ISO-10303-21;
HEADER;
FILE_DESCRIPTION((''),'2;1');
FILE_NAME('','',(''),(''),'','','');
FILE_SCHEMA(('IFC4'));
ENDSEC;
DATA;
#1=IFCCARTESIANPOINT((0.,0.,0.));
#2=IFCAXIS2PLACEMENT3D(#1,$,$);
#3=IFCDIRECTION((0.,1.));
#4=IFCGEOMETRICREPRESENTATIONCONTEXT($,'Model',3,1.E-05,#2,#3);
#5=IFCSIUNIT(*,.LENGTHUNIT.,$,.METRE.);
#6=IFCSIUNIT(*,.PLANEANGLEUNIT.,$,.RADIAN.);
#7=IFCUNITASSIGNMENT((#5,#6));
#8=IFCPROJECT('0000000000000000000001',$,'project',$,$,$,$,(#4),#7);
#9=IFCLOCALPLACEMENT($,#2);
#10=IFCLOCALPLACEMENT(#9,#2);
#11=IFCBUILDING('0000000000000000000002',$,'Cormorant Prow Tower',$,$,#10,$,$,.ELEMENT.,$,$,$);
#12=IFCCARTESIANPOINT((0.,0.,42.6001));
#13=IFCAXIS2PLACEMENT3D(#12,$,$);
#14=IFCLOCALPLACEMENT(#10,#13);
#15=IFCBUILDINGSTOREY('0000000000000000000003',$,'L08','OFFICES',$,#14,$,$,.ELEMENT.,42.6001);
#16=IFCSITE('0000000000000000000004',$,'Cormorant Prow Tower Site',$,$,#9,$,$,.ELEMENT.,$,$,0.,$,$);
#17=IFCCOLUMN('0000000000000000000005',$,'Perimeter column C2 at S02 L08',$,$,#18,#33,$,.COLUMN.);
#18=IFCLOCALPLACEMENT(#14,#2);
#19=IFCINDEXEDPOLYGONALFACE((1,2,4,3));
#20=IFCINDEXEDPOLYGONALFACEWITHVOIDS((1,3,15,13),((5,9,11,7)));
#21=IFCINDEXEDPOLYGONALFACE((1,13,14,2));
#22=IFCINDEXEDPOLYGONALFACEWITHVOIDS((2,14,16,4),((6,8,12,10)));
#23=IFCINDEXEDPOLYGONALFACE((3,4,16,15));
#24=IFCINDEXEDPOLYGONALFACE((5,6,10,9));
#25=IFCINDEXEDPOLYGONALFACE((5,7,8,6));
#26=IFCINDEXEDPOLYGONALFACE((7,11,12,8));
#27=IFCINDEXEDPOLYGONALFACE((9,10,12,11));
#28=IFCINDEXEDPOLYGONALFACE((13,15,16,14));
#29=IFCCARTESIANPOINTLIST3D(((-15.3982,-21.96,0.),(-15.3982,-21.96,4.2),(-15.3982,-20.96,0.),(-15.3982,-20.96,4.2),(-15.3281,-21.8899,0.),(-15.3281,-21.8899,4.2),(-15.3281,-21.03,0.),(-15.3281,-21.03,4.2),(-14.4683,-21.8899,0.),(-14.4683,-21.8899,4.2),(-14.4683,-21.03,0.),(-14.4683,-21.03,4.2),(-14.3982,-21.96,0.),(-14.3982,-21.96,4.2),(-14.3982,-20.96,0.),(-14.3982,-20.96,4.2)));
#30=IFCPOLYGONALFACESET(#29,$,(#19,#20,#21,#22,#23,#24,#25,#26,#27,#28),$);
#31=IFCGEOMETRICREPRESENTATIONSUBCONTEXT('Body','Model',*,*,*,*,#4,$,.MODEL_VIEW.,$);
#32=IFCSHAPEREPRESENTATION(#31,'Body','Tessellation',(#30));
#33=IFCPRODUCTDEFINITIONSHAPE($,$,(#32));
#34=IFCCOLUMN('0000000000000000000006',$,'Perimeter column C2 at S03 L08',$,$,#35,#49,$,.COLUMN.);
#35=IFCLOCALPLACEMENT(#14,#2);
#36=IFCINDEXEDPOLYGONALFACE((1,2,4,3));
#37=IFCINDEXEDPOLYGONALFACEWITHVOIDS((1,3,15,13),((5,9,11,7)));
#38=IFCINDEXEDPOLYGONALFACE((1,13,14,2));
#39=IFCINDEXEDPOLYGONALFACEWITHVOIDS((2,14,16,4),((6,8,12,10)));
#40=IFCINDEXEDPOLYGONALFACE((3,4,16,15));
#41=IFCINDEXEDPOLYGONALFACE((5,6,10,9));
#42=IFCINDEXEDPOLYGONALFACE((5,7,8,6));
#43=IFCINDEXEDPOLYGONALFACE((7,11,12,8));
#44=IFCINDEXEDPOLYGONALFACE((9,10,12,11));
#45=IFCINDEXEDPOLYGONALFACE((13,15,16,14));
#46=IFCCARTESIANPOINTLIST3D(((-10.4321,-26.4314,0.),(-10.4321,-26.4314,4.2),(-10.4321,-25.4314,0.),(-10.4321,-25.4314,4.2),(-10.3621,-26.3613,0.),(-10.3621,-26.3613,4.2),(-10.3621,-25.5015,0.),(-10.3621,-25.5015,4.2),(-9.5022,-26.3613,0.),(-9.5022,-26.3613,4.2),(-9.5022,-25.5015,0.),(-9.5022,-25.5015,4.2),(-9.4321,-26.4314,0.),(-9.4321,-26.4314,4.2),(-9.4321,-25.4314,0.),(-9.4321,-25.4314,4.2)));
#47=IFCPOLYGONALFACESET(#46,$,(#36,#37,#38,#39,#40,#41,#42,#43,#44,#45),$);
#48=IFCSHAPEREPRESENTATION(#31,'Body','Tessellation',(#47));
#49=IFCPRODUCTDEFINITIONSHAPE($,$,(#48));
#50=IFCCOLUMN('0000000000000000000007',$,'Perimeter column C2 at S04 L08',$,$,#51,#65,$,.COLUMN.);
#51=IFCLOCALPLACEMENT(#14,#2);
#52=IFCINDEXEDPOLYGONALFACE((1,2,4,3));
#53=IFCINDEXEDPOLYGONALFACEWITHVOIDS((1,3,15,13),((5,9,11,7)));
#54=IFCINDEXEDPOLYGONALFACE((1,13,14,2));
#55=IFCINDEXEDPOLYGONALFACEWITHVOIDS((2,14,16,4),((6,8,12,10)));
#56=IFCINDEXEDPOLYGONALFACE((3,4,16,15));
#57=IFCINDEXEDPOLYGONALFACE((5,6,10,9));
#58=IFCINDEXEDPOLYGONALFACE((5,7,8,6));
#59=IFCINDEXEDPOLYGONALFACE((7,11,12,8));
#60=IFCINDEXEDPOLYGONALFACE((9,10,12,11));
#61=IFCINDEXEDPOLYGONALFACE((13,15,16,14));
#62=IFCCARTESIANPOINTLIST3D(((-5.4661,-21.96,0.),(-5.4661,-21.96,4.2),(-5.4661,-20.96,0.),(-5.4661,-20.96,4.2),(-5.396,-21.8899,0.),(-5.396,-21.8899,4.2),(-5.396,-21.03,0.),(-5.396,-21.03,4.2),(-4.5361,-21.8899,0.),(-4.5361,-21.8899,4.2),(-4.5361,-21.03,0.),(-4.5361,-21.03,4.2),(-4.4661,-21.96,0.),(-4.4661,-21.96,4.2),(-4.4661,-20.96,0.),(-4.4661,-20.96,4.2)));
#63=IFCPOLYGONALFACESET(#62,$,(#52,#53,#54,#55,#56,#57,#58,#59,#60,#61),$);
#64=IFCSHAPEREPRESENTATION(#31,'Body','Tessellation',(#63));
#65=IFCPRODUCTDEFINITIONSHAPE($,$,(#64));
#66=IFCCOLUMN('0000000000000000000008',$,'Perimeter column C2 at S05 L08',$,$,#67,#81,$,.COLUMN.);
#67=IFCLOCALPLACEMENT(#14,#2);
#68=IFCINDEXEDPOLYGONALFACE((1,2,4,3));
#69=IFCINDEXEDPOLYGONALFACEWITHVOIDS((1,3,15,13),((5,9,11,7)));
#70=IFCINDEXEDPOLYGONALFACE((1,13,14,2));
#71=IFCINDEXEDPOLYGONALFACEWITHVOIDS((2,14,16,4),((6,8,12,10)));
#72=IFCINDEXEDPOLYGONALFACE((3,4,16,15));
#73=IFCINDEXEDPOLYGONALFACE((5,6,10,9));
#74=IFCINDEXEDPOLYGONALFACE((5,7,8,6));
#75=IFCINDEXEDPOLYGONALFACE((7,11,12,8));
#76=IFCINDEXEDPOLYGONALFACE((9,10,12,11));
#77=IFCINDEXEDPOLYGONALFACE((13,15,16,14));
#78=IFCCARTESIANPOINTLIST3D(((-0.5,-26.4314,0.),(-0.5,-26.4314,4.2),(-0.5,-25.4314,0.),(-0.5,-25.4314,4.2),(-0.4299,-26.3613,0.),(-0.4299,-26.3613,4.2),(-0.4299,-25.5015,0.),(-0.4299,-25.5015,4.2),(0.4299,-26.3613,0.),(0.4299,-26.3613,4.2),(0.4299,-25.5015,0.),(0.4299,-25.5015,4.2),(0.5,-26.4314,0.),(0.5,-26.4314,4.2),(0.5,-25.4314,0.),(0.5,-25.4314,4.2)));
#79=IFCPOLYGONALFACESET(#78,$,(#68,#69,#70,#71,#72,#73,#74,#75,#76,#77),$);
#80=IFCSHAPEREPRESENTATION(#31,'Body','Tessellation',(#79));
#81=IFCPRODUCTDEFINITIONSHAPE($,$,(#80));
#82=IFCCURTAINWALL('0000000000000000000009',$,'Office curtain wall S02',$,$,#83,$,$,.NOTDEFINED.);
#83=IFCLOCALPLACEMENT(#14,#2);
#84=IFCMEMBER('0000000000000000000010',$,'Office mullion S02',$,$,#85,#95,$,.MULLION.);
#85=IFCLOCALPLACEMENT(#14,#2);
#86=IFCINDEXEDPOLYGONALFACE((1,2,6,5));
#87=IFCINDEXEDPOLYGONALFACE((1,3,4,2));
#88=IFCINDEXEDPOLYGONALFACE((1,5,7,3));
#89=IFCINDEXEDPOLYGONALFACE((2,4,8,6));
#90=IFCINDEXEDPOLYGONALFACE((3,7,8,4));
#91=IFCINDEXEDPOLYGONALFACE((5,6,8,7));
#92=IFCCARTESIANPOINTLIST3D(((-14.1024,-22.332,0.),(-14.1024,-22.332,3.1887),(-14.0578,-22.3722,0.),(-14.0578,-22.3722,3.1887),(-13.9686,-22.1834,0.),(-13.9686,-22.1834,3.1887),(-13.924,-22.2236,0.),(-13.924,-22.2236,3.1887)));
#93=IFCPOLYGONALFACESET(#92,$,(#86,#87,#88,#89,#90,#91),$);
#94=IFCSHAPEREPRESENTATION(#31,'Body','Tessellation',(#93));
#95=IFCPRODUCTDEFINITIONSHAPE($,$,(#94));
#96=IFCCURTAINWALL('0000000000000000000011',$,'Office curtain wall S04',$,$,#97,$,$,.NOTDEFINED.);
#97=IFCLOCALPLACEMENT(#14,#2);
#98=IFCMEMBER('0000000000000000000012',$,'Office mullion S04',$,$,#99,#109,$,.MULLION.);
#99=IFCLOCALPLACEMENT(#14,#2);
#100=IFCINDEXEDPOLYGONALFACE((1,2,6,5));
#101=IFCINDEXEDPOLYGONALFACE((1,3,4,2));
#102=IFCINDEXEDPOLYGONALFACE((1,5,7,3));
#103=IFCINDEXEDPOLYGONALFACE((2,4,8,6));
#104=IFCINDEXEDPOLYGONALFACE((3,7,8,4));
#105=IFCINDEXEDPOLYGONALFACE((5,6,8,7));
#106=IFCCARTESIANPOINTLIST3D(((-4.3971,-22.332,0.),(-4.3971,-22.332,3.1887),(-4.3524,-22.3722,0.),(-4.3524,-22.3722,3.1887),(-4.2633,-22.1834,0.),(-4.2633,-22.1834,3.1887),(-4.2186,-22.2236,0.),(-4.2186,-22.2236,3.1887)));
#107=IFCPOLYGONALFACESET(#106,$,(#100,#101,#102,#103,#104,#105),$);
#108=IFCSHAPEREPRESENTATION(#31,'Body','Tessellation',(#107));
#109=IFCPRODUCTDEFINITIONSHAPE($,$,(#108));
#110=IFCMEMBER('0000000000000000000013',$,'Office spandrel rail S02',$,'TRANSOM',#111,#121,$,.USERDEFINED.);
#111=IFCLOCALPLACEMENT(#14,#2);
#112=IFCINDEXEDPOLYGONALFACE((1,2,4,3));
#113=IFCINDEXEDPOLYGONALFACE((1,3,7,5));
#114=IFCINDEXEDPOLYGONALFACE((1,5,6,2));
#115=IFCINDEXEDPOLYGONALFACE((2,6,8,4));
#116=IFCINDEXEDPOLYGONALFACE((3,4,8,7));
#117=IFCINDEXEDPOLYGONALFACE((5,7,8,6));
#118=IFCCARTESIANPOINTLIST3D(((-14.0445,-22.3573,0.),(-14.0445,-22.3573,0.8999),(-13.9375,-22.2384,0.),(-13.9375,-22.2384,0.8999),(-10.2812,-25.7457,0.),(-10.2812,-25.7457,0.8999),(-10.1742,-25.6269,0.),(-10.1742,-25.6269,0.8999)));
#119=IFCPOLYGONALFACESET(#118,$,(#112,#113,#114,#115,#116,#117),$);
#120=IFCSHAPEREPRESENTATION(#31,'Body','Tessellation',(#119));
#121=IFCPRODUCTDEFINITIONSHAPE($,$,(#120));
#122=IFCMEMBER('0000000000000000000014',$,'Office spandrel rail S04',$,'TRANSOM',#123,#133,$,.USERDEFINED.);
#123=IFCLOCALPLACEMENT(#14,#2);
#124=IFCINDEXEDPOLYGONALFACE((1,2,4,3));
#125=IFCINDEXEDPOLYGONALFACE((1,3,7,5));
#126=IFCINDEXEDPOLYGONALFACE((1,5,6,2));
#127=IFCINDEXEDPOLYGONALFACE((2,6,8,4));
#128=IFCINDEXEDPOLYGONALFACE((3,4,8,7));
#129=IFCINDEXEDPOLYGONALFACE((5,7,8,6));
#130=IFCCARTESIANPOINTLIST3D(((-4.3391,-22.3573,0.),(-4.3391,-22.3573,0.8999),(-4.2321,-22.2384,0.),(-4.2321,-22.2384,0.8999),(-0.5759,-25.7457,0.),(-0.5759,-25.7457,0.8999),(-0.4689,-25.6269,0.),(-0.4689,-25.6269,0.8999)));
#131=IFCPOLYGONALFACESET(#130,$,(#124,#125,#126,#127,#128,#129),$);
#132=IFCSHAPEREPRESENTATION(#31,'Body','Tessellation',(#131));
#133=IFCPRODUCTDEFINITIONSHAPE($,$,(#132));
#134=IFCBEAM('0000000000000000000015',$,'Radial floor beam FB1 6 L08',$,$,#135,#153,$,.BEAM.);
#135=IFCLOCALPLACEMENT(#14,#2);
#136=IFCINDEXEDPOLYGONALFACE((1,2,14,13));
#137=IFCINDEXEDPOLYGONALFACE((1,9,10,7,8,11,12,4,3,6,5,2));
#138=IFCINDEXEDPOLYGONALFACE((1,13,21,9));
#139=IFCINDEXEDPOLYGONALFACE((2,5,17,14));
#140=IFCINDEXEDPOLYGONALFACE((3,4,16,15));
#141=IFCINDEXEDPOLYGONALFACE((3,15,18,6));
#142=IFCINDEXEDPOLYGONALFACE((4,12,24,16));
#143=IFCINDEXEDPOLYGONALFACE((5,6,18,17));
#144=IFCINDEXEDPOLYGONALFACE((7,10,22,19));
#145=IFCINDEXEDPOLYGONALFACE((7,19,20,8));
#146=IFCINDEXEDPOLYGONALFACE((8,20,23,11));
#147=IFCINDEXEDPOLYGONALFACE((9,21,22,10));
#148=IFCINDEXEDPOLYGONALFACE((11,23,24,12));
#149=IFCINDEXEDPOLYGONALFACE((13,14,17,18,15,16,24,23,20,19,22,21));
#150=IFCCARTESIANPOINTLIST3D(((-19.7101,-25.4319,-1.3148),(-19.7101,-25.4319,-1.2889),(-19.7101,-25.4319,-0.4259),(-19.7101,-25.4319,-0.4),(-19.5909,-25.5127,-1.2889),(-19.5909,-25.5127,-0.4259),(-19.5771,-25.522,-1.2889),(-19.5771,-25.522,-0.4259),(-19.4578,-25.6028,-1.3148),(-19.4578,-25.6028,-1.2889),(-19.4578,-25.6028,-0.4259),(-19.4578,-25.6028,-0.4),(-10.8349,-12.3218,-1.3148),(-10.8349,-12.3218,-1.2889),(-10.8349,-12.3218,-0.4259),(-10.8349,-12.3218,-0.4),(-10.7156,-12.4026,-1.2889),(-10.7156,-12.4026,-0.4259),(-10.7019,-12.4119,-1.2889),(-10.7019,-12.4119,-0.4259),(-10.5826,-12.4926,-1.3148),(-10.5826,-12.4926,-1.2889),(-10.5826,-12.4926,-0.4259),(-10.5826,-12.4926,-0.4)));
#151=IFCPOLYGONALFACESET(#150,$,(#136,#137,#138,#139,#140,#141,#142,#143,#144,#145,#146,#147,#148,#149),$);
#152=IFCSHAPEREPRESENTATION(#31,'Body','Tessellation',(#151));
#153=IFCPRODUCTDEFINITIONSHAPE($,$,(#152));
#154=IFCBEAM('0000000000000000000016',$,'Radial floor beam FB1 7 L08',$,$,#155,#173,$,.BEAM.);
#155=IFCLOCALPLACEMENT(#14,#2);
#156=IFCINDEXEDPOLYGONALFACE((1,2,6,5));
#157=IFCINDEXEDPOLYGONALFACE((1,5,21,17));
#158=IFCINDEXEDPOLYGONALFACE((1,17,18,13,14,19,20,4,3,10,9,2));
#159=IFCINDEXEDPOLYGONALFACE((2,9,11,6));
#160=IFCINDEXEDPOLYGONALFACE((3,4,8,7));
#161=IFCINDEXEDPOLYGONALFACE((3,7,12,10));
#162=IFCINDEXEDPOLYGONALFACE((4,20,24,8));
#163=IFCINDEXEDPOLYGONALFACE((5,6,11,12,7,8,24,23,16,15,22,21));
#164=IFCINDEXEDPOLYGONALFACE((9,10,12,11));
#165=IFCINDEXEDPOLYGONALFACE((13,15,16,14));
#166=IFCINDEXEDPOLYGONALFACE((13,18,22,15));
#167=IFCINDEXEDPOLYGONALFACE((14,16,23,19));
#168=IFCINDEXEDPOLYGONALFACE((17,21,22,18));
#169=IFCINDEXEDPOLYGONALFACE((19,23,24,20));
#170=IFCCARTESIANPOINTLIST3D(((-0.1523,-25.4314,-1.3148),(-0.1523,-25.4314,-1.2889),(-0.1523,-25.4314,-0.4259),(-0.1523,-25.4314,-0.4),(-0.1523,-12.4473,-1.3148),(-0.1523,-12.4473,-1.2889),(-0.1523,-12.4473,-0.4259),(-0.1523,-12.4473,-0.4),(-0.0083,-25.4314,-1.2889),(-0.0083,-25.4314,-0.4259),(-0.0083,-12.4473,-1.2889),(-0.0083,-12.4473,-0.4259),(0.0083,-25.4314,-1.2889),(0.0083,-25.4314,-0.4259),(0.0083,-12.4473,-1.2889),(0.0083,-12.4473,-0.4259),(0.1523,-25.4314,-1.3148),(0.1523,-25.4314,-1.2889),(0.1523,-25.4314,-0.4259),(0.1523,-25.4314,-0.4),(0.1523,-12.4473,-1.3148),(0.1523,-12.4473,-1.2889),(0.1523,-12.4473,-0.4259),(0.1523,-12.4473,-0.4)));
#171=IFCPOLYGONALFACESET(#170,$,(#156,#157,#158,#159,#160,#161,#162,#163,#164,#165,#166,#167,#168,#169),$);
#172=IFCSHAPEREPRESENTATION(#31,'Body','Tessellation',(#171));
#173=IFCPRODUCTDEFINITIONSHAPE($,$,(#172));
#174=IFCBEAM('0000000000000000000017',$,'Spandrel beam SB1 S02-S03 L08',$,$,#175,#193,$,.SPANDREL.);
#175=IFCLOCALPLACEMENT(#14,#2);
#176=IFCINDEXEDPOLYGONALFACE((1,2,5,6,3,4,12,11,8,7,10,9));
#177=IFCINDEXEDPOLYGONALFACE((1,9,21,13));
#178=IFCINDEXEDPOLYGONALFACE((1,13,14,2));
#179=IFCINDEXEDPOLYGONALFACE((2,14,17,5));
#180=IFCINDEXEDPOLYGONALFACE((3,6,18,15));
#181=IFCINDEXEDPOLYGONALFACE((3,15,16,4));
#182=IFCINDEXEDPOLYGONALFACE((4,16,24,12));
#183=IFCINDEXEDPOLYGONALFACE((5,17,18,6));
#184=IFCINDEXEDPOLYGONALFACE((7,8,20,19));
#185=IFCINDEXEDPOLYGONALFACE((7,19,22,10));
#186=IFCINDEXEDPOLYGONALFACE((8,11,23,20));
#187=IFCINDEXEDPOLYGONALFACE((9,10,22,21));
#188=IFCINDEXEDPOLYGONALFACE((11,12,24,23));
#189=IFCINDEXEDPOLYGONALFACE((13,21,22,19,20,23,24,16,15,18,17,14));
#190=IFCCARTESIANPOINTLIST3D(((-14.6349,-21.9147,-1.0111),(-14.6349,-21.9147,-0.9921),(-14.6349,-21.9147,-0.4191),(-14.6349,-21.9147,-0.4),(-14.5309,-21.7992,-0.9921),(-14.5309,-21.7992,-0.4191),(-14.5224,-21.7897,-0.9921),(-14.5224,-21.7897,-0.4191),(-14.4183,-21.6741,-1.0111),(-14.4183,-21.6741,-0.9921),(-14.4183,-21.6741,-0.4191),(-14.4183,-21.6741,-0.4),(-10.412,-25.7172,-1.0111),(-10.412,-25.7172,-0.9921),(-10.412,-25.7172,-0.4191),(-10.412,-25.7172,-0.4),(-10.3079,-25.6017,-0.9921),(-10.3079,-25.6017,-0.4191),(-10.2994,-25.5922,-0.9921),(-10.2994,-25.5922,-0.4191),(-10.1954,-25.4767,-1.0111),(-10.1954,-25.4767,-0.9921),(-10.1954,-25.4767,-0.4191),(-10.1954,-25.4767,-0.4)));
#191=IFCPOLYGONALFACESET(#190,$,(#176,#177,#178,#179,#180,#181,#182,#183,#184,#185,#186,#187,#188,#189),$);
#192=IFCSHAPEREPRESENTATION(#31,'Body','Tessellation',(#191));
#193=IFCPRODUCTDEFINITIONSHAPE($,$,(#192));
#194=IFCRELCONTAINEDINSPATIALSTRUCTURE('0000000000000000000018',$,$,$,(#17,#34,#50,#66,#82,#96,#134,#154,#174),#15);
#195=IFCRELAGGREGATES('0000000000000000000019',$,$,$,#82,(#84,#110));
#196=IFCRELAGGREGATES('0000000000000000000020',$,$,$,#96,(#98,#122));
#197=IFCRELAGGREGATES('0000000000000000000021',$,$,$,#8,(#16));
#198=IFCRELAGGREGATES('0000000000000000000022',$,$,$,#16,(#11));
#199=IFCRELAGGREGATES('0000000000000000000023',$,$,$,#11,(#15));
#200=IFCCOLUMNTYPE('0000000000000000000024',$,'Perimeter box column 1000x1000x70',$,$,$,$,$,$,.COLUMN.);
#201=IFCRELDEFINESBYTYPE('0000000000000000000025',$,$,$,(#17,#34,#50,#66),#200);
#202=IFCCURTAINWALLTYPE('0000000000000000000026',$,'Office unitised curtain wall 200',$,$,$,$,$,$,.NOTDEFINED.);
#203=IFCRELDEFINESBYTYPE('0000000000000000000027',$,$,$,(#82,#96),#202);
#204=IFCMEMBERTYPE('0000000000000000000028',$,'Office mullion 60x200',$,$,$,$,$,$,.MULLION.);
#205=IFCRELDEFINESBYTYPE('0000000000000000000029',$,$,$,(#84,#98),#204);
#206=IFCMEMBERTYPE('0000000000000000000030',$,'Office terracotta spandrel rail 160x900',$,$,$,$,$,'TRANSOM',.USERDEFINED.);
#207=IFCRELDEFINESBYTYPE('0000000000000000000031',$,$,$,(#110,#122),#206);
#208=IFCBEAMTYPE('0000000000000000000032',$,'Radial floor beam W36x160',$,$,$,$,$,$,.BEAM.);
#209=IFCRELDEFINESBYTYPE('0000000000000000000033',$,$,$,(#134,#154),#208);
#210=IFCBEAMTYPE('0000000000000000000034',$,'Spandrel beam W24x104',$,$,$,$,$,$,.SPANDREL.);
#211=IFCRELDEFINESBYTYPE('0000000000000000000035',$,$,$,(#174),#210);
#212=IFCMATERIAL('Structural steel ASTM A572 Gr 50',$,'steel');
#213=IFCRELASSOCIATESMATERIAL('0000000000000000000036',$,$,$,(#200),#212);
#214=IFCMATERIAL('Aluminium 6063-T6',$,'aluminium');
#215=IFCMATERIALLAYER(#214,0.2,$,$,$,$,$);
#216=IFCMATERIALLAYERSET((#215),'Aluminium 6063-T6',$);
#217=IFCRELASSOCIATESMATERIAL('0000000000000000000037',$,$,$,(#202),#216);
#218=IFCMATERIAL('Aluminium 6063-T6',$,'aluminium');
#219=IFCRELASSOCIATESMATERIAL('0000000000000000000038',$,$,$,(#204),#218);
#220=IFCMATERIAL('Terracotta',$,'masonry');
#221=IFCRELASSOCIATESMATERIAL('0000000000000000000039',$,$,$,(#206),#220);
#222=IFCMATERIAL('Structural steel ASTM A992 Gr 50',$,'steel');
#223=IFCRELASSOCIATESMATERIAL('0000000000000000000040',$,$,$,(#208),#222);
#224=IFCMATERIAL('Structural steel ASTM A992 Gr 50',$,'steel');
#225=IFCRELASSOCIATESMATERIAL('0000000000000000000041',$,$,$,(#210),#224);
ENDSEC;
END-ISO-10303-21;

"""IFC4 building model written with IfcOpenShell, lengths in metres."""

from ifc_helpers import new_model, si_unit, direction, frame, origin, origin_2d, place, context, subcontext, project, spatial, rectangle, hollow_rectangle, i_section, extrude, material, layer, layer_set, material_profile, profile_set, type_object, element, aggregate, save


model = new_model("IFC4")

# Units and contexts
model_context = context("Model", 3, precision=1e-05, world=origin(), true_north=direction((0.0, 1.0)))
body_context = subcontext(model_context, "Body", "Model", "MODEL_VIEW")
ifc_project = project(units=[si_unit("LENGTHUNIT", "METRE"), si_unit("PLANEANGLEUNIT", "RADIAN")], contexts=[model_context])

# Site, building, storey
site_placement = place(None, origin())
site = spatial("IfcSite", under=ifc_project, at=site_placement, Name="Cormorant Prow Tower Site", CompositionType="ELEMENT", RefElevation=0.0)
building_placement = place(site_placement, origin())
building = spatial("IfcBuilding", under=site, at=building_placement, Name="Cormorant Prow Tower", CompositionType="ELEMENT")
storey_placement = place(building_placement, frame((0.0, 0.0, 42.6001)))
storey = spatial("IfcBuildingStorey", under=building, at=storey_placement, Name="L08", Description="OFFICES", CompositionType="ELEMENT", Elevation=42.6001)

# Columns
ifc_material_1 = material(Name="Structural steel ASTM A572 Gr 50", Category="steel")
ifc_material_profile_1 = material_profile(ifc_material_1, hollow_rectangle(XDim=1.0, YDim=1.0, WallThickness=0.0701, at=origin_2d()), Name="Box 1000x1000x70")
ifc_profile_set_1 = profile_set([ifc_material_profile_1], Name="Structural steel ASTM A572 Gr 50")
column_type = type_object("IfcColumnType", Name="Perimeter box column 1000x1000x70", PredefinedType="COLUMN", material=ifc_profile_set_1)
for number, where, z_axis, x_axis, name in (
    (1, (-14.8982, -21.46, 0.0), (0.0, 0.0, 1.0), (1.0, 0.0, 0.0), "Perimeter column C2 at S02 L08"),
    (2, (-9.9321, -25.9314, 0.0), (0.0, 0.0, 1.0), (1.0, 0.0, 0.0), "Perimeter column C2 at S03 L08"),
    (3, (-4.9661, -21.46, 0.0), (0.0, 0.0, 1.0), (1.0, 0.0, 0.0), "Perimeter column C2 at S04 L08"),
    (4, (0.0, -25.9314, 0.0), (0.0, 0.0, 1.0), (1.0, 0.0, 0.0), "Perimeter column C2 at S05 L08"),
):
    element("IfcColumn", number, at=place(storey_placement, frame(where, z_axis=z_axis, x_axis=x_axis)), inside=storey, type_object=column_type, Name=name, PredefinedType="COLUMN", context=body_context, shape_type="SweptSolid", body=[
        extrude(hollow_rectangle(XDim=1.0, YDim=1.0, WallThickness=0.0701, at=origin_2d()), origin(), (0.0, 0.0, 1.0), 4.2),
    ])

# Curtain walls, members
ifc_material_2 = material(Name="Aluminium 6063-T6", Category="aluminium")
ifc_layer_1 = layer(ifc_material_2, 0.2)
ifc_layer_set_1 = layer_set([ifc_layer_1], Name="Aluminium 6063-T6")
curtain_wall_type = type_object("IfcCurtainWallType", Name="Office unitised curtain wall 200", PredefinedType="NOTDEFINED", material=ifc_layer_set_1)
curtain_wall_1_placement = place(storey_placement, origin())
curtain_wall_1 = element("IfcCurtainWall", 5, at=curtain_wall_1_placement, inside=storey, type_object=curtain_wall_type, Name="Office curtain wall S02", PredefinedType="NOTDEFINED")
ifc_material_3 = material(Name="Aluminium 6063-T6", Category="aluminium")
ifc_material_profile_2 = material_profile(ifc_material_3, rectangle(XDim=0.2, YDim=0.0601, at=origin_2d()), Name="Office mullion 60x200")
ifc_profile_set_2 = profile_set([ifc_material_profile_2], Name="Aluminium 6063-T6")
member_type_1 = type_object("IfcMemberType", Name="Office mullion 60x200", PredefinedType="MULLION", material=ifc_profile_set_2)
member_1_placement = place(storey_placement, frame((-14.0132, -22.2778, 0.0), z_axis=(0.0, 0.0, 1.0), x_axis=(0.669131, 0.743145, 0.0)))
member_1 = element("IfcMember", 6, at=member_1_placement, type_object=member_type_1, Name="Office mullion S02", PredefinedType="MULLION", context=body_context, shape_type="SweptSolid", body=[
    extrude(rectangle(XDim=0.2, YDim=0.0601, at=origin_2d()), origin(), (0.0, 0.0, 1.0), 3.1887),
])
curtain_wall_2_placement = place(storey_placement, origin())
curtain_wall_2 = element("IfcCurtainWall", 7, at=curtain_wall_2_placement, inside=storey, type_object=curtain_wall_type, Name="Office curtain wall S04", PredefinedType="NOTDEFINED")
member_2_placement = place(storey_placement, frame((-4.3079, -22.2778, 0.0), z_axis=(0.0, 0.0, 1.0), x_axis=(0.669131, 0.743145, 0.0)))
member_2 = element("IfcMember", 8, at=member_2_placement, type_object=member_type_1, Name="Office mullion S04", PredefinedType="MULLION", context=body_context, shape_type="SweptSolid", body=[
    extrude(rectangle(XDim=0.2, YDim=0.0601, at=origin_2d()), origin(), (0.0, 0.0, 1.0), 3.1887),
])

# Members
ifc_material_4 = material(Name="Terracotta", Category="masonry")
ifc_material_profile_3 = material_profile(ifc_material_4, rectangle(XDim=0.1599, YDim=0.8999, at=origin_2d()), Name="Office terracotta spandrel rail 160x900")
ifc_profile_set_3 = profile_set([ifc_material_profile_3], Name="Terracotta")
member_type_2 = type_object("IfcMemberType", Name="Office terracotta spandrel rail 160x900", ElementType="TRANSOM", PredefinedType="USERDEFINED", material=ifc_profile_set_3)
member_3_placement = place(storey_placement, frame((-13.991, -22.2979, 0.45), z_axis=(0.743141, -0.669135, 0.0), x_axis=(0.669135, 0.743141, 0.0)))
member_3 = element("IfcMember", 9, at=member_3_placement, type_object=member_type_2, Name="Office spandrel rail S02", ObjectType="TRANSOM", PredefinedType="USERDEFINED", context=body_context, shape_type="SweptSolid", body=[
    extrude(rectangle(XDim=0.1599, YDim=0.8999, at=origin_2d()), origin(), (0.0, 0.0, 1.0), 5.064),
])
member_4_placement = place(storey_placement, frame((-4.2856, -22.2979, 0.45), z_axis=(0.743141, -0.669135, 0.0), x_axis=(0.669135, 0.743141, 0.0)))
member_4 = element("IfcMember", 10, at=member_4_placement, type_object=member_type_2, Name="Office spandrel rail S04", ObjectType="TRANSOM", PredefinedType="USERDEFINED", context=body_context, shape_type="SweptSolid", body=[
    extrude(rectangle(XDim=0.1599, YDim=0.8999, at=origin_2d()), origin(), (0.0, 0.0, 1.0), 5.064),
])

# Beams
ifc_material_5 = material(Name="Structural steel ASTM A992 Gr 50", Category="steel")
ifc_material_profile_4 = material_profile(ifc_material_5, i_section(OverallWidth=0.3047, OverallDepth=0.9148, WebThickness=0.0166, FlangeThickness=0.0259, at=origin_2d()), Name="W36x160")
ifc_profile_set_4 = profile_set([ifc_material_profile_4], Name="Structural steel ASTM A992 Gr 50")
beam_type_1 = type_object("IfcBeamType", Name="Radial floor beam W36x160", PredefinedType="BEAM", material=ifc_profile_set_4)
beam_1_placement = place(storey_placement, frame((-10.7087, -12.4072, -0.8574), z_axis=(-0.560597, -0.828089, 0.0), x_axis=(0.828089, -0.560597, 0.0)))
element("IfcBeam", 11, at=beam_1_placement, inside=storey, type_object=beam_type_1, Name="Radial floor beam FB1 6 L08", PredefinedType="BEAM", context=body_context, shape_type="SweptSolid", body=[
    extrude(i_section(OverallWidth=0.3047, OverallDepth=0.9148, WebThickness=0.0166, FlangeThickness=0.0259, at=origin_2d()), origin(), (0.0, 0.0, 1.0), 15.8318),
])
beam_2_placement = place(storey_placement, frame((0.0, -12.4473, -0.8574), z_axis=(0.0, -1.0, 0.0), x_axis=(1.0, 0.0, 0.0)))
element("IfcBeam", 12, at=beam_2_placement, inside=storey, type_object=beam_type_1, Name="Radial floor beam FB1 7 L08", PredefinedType="BEAM", context=body_context, shape_type="SweptSolid", body=[
    extrude(i_section(OverallWidth=0.3047, OverallDepth=0.9148, WebThickness=0.0166, FlangeThickness=0.0259, at=origin_2d()), origin(), (0.0, 0.0, 1.0), 12.9841),
])
ifc_material_6 = material(Name="Structural steel ASTM A992 Gr 50", Category="steel")
ifc_material_profile_5 = material_profile(ifc_material_6, i_section(OverallWidth=0.3237, OverallDepth=0.6111, WebThickness=0.0127, FlangeThickness=0.019, at=origin_2d()), Name="W24x104")
ifc_profile_set_5 = profile_set([ifc_material_profile_5], Name="Structural steel ASTM A992 Gr 50")
beam_type_2 = type_object("IfcBeamType", Name="Spandrel beam W24x104", PredefinedType="SPANDREL", material=ifc_profile_set_5)
for number, where, z_axis, x_axis, name in (
    (13, (-14.5266, -21.7944, -0.7056), (0.74313, -0.669147, 0.0), (0.669147, 0.74313, 0.0), "Spandrel beam SB1 S02-S03 L08"),
):
    element("IfcBeam", number, at=place(storey_placement, frame(where, z_axis=z_axis, x_axis=x_axis)), inside=storey, type_object=beam_type_2, Name=name, PredefinedType="SPANDREL", context=body_context, shape_type="SweptSolid", body=[
        extrude(i_section(OverallWidth=0.3237, OverallDepth=0.6111, WebThickness=0.0127, FlangeThickness=0.019, at=origin_2d()), origin(), (0.0, 0.0, 1.0), 5.6826),
    ])

aggregate(curtain_wall_1, [member_1, member_3])
aggregate(curtain_wall_2, [member_2, member_4])

save(model, "model.ifc")
